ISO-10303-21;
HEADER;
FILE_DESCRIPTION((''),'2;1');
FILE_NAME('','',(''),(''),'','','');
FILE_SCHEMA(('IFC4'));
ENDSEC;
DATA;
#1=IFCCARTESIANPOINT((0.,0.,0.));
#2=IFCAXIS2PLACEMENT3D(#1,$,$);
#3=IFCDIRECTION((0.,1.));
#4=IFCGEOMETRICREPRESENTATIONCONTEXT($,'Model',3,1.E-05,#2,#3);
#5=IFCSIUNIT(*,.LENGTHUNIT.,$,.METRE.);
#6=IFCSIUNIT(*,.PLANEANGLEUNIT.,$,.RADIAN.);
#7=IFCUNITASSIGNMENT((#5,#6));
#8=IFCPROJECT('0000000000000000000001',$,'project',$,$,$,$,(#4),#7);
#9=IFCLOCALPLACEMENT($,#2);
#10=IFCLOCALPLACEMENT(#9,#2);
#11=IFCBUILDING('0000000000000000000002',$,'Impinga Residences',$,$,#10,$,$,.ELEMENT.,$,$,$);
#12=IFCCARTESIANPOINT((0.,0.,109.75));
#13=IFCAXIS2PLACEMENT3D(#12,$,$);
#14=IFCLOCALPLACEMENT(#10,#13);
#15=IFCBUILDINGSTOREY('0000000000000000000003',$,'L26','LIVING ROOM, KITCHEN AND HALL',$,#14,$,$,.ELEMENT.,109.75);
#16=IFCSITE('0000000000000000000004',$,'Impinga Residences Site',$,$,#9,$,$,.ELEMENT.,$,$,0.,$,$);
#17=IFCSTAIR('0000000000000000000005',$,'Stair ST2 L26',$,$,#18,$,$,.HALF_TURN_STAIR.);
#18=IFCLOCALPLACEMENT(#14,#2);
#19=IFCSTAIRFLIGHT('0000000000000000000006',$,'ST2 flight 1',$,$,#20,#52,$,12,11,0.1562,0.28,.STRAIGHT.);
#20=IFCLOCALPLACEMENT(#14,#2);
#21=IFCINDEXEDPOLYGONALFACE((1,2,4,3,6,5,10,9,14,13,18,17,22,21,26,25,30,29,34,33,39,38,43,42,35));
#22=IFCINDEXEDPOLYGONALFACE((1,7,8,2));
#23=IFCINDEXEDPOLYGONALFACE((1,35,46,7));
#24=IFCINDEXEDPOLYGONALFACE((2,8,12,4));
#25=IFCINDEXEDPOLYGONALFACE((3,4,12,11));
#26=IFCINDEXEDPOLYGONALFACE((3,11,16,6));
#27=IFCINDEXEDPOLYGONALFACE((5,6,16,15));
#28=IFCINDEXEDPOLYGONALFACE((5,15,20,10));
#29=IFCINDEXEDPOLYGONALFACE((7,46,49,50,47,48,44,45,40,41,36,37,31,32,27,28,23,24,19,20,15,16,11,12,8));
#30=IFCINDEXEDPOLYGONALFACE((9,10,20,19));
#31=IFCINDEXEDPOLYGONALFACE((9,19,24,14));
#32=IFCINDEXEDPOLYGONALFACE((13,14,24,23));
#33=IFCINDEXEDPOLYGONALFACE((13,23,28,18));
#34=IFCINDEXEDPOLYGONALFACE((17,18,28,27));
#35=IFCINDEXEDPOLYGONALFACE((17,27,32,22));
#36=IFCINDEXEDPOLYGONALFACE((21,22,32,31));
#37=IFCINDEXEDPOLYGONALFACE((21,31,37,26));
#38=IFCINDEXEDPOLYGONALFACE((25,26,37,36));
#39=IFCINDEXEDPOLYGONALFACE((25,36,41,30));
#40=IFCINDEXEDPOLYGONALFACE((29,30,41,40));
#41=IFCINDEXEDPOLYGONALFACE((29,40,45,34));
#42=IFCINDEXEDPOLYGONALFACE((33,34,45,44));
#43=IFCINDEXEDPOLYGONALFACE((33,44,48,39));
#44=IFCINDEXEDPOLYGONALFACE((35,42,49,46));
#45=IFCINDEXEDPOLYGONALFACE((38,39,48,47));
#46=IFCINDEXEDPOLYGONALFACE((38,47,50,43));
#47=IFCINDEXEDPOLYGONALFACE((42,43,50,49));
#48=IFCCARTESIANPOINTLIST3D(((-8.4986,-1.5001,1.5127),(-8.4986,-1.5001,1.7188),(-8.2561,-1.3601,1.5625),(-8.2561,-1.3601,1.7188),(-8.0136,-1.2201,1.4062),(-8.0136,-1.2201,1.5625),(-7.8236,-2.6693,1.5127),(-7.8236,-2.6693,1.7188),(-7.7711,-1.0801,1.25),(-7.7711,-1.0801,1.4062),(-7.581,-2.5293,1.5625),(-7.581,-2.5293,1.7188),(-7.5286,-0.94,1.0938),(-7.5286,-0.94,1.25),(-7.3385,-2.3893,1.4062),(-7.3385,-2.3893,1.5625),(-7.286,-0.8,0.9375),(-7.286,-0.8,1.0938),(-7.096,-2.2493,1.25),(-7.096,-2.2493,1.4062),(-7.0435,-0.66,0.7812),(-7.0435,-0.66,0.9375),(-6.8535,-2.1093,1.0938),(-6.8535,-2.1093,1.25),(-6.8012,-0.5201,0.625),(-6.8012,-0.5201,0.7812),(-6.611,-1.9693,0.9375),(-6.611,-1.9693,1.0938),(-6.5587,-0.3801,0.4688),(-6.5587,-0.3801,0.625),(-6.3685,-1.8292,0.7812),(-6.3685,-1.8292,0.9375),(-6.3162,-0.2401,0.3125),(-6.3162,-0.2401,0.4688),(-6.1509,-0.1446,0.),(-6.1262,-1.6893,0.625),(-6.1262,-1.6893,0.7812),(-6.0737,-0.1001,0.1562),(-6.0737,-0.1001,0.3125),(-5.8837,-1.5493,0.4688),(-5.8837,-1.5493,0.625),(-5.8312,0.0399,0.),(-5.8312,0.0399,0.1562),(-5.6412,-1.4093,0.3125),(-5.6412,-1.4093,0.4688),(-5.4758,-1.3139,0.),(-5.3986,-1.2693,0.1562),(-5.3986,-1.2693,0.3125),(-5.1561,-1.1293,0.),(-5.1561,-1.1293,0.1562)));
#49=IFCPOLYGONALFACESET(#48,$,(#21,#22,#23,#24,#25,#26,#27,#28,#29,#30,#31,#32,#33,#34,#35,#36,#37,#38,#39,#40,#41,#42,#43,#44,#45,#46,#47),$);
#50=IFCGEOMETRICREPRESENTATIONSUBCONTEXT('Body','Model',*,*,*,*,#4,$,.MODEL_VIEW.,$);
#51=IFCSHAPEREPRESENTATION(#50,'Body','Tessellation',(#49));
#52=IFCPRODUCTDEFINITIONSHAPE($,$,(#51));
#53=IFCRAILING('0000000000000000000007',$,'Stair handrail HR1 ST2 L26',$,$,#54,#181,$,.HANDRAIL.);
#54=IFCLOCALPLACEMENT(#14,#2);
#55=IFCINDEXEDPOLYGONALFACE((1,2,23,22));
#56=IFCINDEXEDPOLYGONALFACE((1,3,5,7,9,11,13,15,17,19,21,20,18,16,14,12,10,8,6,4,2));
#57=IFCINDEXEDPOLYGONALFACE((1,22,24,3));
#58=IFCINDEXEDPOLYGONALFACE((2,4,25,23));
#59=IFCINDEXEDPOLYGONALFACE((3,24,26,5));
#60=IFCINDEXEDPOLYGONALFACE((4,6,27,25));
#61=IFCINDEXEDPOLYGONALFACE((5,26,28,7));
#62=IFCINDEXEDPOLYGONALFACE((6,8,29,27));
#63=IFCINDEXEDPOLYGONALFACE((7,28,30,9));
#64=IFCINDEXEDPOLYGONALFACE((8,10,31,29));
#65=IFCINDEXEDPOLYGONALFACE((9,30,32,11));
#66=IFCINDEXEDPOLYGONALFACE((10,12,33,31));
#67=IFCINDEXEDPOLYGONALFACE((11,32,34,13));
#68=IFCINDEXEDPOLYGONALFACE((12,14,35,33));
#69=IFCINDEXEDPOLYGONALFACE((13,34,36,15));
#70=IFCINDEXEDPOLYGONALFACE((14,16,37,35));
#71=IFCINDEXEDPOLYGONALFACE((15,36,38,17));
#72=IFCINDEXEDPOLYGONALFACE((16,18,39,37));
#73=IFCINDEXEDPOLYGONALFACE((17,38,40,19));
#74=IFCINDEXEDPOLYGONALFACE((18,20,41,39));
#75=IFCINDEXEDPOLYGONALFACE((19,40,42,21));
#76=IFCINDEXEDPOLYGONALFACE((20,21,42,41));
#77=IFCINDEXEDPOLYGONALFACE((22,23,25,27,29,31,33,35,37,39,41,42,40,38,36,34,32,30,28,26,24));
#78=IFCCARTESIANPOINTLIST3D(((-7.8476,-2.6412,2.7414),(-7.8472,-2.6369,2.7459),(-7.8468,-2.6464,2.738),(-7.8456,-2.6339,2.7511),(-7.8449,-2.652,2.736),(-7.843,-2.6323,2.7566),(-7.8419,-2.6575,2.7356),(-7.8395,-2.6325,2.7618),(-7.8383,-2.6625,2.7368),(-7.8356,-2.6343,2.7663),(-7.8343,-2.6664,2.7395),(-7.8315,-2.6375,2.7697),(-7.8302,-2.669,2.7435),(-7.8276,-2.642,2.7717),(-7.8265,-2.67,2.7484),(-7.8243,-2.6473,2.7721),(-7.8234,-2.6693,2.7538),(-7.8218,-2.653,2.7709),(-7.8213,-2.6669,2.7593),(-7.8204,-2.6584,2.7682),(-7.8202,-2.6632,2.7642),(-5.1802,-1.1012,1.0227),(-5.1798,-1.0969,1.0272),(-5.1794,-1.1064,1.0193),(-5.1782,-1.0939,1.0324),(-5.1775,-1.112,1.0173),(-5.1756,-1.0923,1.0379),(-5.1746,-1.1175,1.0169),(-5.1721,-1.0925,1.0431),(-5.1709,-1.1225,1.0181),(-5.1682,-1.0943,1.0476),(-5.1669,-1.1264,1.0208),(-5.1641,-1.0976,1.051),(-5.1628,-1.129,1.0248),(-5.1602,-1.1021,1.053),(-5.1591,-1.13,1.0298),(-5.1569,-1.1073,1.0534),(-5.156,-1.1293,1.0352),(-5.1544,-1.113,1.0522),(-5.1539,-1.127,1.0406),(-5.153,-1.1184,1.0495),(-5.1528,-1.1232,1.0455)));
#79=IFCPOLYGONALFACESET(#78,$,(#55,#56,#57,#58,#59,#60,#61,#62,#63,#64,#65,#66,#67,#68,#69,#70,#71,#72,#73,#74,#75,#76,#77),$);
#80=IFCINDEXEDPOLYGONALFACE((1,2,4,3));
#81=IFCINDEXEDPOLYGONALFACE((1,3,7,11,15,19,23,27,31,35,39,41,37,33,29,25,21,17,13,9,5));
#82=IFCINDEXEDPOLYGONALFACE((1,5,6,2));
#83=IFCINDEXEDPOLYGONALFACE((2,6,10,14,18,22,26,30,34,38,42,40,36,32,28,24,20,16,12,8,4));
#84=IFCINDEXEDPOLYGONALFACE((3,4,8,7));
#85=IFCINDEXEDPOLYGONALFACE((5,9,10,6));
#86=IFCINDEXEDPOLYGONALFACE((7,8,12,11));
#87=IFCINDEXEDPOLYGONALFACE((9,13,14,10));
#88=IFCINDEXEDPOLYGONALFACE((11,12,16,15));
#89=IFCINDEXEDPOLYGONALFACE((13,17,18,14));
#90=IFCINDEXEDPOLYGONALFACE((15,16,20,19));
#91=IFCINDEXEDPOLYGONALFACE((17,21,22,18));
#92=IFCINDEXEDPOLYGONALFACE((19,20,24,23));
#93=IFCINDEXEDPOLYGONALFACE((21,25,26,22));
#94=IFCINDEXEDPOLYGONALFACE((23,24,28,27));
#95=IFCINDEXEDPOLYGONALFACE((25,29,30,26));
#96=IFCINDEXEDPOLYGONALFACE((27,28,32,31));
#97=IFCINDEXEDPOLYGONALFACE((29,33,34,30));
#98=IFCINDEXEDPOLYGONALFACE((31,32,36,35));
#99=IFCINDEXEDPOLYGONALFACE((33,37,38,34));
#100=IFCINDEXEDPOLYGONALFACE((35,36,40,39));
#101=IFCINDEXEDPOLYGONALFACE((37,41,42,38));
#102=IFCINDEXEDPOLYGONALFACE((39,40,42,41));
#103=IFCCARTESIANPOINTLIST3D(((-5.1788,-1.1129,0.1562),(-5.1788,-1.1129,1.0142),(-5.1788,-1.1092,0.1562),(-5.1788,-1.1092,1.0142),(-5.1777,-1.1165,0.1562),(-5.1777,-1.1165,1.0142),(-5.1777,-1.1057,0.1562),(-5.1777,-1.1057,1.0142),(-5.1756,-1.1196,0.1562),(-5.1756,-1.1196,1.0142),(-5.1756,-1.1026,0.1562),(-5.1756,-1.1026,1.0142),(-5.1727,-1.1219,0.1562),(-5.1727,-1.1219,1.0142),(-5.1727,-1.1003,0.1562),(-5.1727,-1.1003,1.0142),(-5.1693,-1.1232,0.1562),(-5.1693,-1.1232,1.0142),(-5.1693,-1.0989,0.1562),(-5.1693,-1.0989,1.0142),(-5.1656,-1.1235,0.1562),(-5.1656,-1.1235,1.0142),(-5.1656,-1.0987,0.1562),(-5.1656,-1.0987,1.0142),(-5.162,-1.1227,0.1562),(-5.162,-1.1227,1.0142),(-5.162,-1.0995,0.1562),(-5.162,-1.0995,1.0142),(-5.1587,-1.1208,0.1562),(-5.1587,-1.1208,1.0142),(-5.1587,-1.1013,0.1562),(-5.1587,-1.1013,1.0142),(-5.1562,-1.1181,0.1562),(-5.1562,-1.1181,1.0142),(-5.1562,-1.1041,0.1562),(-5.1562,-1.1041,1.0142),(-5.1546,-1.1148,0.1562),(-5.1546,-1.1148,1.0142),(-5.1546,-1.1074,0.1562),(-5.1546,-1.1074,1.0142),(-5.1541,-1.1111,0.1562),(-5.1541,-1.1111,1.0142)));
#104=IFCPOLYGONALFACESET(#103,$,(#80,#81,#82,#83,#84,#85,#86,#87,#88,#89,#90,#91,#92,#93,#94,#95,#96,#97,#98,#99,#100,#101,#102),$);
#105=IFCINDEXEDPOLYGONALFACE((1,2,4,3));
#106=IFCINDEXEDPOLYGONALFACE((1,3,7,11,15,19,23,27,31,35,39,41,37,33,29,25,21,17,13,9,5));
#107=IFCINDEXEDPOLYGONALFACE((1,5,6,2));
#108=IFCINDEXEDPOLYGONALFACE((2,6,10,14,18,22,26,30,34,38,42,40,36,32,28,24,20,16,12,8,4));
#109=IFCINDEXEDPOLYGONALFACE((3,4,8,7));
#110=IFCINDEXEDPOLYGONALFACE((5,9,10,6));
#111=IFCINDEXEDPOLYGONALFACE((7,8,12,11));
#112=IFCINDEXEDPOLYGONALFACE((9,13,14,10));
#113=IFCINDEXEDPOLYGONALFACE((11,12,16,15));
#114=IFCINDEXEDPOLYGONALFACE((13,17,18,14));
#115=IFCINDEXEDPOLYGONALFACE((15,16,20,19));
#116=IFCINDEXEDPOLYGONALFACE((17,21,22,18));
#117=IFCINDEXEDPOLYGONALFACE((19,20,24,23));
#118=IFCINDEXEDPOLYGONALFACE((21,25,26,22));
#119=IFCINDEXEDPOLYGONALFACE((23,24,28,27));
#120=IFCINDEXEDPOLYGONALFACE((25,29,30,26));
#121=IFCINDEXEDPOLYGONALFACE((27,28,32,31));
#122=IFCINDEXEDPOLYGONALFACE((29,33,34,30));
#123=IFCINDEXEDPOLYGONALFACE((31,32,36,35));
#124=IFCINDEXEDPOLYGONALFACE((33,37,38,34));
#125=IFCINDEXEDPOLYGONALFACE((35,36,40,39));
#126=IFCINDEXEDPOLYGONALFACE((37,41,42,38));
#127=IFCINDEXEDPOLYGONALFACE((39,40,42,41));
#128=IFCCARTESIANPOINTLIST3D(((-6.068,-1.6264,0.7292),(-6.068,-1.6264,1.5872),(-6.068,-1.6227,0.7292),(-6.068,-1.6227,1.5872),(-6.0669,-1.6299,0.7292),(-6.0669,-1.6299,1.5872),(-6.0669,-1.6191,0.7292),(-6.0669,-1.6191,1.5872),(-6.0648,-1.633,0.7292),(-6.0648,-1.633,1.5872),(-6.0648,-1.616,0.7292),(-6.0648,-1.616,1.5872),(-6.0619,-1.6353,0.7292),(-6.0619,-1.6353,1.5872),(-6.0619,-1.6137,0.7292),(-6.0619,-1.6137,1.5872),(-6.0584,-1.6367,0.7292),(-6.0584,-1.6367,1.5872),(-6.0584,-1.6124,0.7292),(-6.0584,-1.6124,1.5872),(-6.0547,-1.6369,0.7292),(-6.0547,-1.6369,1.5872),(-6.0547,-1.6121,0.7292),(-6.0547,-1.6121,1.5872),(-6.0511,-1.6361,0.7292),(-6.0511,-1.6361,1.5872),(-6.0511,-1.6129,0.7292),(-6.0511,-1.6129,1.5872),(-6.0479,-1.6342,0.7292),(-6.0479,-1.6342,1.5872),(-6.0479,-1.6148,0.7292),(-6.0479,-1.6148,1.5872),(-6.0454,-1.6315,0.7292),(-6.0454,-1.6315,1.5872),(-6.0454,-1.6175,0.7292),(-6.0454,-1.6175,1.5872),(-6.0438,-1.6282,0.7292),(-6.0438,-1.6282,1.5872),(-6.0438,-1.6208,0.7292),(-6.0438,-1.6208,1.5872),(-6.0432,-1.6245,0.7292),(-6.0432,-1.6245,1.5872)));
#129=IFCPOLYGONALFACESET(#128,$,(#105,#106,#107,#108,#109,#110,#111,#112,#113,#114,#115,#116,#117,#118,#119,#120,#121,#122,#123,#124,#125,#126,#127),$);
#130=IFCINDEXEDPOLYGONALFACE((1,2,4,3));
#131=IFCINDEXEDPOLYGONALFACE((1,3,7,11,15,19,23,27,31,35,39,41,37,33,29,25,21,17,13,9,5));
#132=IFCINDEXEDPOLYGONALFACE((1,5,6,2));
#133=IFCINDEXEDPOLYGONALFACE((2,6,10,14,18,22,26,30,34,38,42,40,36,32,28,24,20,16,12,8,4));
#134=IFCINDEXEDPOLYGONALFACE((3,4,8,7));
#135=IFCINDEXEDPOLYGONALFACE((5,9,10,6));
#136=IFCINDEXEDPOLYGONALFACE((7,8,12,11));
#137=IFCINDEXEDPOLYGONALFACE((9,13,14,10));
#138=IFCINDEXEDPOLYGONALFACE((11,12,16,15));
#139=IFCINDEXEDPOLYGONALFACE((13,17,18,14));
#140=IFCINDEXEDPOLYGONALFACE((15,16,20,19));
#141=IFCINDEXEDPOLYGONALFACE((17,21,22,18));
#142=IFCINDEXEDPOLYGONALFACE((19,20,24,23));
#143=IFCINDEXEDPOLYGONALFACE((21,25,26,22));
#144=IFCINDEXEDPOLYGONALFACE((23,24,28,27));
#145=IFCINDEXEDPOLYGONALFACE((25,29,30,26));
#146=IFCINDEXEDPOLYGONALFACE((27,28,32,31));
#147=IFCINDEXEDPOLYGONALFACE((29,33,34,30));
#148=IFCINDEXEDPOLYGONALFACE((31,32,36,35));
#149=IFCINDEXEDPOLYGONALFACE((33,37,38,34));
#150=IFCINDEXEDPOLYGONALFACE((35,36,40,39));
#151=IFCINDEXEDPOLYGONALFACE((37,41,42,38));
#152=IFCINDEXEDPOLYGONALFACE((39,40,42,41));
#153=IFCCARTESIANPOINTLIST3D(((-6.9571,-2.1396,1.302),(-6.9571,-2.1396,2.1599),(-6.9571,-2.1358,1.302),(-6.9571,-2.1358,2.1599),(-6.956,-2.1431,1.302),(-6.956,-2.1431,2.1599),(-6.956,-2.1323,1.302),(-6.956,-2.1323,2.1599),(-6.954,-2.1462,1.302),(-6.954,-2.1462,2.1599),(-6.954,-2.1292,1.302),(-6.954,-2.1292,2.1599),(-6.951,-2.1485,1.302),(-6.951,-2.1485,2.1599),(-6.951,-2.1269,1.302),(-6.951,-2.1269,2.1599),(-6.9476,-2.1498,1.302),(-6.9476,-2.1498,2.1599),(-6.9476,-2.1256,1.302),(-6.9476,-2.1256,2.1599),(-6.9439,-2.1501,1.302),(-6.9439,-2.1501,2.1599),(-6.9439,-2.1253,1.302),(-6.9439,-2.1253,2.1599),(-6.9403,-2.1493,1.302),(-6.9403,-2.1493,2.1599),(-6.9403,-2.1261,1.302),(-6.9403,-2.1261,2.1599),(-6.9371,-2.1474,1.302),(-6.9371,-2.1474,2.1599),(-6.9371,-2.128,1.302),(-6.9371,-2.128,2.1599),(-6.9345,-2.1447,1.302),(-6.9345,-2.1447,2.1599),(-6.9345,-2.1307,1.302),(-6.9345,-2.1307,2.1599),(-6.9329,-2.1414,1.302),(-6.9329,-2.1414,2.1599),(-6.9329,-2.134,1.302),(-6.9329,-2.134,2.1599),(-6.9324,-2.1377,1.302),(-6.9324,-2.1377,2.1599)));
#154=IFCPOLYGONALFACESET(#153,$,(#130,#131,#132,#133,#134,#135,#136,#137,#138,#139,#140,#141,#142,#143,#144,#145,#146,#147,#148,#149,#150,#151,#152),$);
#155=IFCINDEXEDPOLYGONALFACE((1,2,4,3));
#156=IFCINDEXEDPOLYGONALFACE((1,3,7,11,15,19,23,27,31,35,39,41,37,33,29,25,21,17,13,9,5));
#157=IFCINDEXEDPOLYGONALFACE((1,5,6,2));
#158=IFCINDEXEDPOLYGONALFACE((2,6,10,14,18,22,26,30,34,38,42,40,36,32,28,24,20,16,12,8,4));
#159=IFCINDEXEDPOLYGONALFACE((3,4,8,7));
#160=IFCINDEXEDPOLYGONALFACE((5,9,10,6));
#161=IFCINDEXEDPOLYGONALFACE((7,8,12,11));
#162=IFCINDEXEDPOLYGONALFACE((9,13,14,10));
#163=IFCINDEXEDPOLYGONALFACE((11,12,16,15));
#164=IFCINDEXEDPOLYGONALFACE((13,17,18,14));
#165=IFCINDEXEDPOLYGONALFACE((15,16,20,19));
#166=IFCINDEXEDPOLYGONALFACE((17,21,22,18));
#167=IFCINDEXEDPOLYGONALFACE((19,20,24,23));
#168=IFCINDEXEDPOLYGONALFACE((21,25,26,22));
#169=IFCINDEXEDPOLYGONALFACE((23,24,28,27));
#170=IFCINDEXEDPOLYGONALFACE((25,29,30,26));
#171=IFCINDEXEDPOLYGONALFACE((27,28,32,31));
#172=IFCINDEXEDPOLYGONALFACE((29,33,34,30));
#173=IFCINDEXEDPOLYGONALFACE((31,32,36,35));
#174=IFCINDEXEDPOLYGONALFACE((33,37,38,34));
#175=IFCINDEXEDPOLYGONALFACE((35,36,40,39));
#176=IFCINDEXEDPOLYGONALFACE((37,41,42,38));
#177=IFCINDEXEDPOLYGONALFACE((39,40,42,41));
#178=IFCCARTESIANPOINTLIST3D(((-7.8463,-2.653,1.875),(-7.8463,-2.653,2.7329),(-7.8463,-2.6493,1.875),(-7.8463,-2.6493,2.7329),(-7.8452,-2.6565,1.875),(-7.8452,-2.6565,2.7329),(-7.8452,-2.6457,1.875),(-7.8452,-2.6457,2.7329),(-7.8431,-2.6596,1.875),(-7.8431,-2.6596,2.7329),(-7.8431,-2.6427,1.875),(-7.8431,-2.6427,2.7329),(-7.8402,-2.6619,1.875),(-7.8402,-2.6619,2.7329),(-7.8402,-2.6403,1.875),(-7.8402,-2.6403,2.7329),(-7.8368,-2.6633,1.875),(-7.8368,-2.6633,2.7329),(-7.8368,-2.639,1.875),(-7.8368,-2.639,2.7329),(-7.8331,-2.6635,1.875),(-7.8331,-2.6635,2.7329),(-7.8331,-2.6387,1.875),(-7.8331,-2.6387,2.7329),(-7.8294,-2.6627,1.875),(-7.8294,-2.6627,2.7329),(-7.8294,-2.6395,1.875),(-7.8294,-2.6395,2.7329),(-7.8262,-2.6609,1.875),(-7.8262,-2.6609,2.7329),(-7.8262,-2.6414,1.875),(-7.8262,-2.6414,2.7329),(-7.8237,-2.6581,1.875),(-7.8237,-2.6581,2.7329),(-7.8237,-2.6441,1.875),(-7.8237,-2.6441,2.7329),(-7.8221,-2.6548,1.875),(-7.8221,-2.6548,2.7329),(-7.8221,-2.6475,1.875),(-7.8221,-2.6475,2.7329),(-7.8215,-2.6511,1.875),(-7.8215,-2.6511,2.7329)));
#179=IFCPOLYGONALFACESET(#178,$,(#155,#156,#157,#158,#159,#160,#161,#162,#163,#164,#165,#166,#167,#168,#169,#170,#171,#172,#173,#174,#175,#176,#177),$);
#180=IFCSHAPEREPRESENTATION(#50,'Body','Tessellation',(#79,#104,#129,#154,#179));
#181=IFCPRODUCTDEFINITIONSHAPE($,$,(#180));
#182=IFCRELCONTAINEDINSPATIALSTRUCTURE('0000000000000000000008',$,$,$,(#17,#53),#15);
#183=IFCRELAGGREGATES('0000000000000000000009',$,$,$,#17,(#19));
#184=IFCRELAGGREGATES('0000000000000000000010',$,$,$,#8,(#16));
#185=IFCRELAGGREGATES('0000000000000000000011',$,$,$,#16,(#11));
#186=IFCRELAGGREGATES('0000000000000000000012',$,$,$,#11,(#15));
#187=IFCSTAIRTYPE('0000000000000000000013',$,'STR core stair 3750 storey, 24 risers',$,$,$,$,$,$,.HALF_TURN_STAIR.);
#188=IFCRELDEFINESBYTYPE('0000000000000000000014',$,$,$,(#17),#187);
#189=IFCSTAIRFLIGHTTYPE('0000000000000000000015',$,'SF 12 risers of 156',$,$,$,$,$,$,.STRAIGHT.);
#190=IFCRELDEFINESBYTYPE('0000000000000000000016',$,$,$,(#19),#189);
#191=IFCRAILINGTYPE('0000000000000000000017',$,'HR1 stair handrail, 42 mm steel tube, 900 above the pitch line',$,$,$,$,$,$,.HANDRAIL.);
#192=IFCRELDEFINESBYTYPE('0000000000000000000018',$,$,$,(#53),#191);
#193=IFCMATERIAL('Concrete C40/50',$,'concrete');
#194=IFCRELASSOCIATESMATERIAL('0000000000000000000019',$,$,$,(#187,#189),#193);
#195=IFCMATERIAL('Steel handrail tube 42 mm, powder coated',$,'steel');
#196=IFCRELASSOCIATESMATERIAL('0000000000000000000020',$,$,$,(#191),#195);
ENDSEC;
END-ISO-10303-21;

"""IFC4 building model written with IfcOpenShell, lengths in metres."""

from ifc_helpers import new_model, si_unit, direction, frame, origin, origin_2d, place, context, subcontext, project, spatial, polyline, circle, outline, extrude, material, type_object, element, aggregate, save


model = new_model("IFC4")

# Units and contexts
model_context = context("Model", 3, precision=1e-05, world=origin(), true_north=direction((0.0, 1.0)))
body_context = subcontext(model_context, "Body", "Model", "MODEL_VIEW")
ifc_project = project(units=[si_unit("LENGTHUNIT", "METRE"), si_unit("PLANEANGLEUNIT", "RADIAN")], contexts=[model_context])

# Site, building, storey
site_placement = place(None, origin())
site = spatial("IfcSite", under=ifc_project, at=site_placement, Name="Impinga Residences Site", CompositionType="ELEMENT", RefElevation=0.0)
building_placement = place(site_placement, origin())
building = spatial("IfcBuilding", under=site, at=building_placement, Name="Impinga Residences", CompositionType="ELEMENT")
storey_placement = place(building_placement, frame((0.0, 0.0, 109.75)))
storey = spatial("IfcBuildingStorey", under=building, at=storey_placement, Name="L26", Description="LIVING ROOM, KITCHEN AND HALL", CompositionType="ELEMENT", Elevation=109.75)

# Shared definitions
ifc_material_1 = material(Name="Concrete C40/50", Category="concrete")
stair_type = type_object("IfcStairType", Name="STR core stair 3750 storey, 24 risers", PredefinedType="HALF_TURN_STAIR", material=ifc_material_1)

# Stair, stair flight
stair_1_placement = place(storey_placement, origin())
stair_1 = element("IfcStair", 1, at=stair_1_placement, inside=storey, type_object=stair_type, Name="Stair ST2 L26", PredefinedType="HALF_TURN_STAIR")
stair_flight_type = type_object("IfcStairFlightType", Name="SF 12 risers of 156", PredefinedType="STRAIGHT", material=ifc_material_1)
stair_flight_placement = place(storey_placement, frame((-5.4937, -0.5447, 0.0), z_axis=(0.0, 0.0, 1.0), x_axis=(-0.866025, -0.5, 0.0)))
stair_flight = element("IfcStairFlight", 2, at=stair_flight_placement, type_object=stair_flight_type, Name="ST2 flight 1", NumberOfRisers=12, NumberOfTreads=11, PredefinedType="STRAIGHT", RiserHeight=0.1562, TreadLength=0.28, context=body_context, shape_type="SweptSolid", body=[
    extrude(outline(polyline([(0.0, 0.0), (0.0, 0.1562), (0.28, 0.1562), (0.28, 0.3125), (0.5601, 0.3125), (0.5601, 0.4688), (0.8401, 0.4688), (0.8401, 0.625), (1.1201, 0.625), (1.1201, 0.7812), (1.3999, 0.7812), (1.3999, 0.9375), (1.6799, 0.9375), (1.6799, 1.0938), (1.96, 1.0938), (1.96, 1.25), (2.24, 1.25), (2.24, 1.4062), (2.52, 1.4062), (2.52, 1.5625), (2.8, 1.5625), (2.8, 1.7188), (3.0801, 1.7188), (3.0801, 1.875), (3.0801, 1.5127), (0.3691, 0.0), (0.0, 0.0)])), frame((0.0, 0.675, 0.0), z_axis=(0.0, -1.0, 0.0), x_axis=(1.0, 0.0, 0.0)), (0.0, 0.0, 1.0), 1.3501),
])
aggregate(stair_1, [stair_flight])

# Railing
ifc_material_2 = material(Name="Steel handrail tube 42 mm, powder coated", Category="steel")
railing_type = type_object("IfcRailingType", Name="HR1 stair handrail, 42 mm steel tube, 900 above the pitch line", PredefinedType="HANDRAIL", material=ifc_material_2)
railing_placement = place(storey_placement, frame((-5.1665, -1.1111, 0.1562)))
element("IfcRailing", 3, at=railing_placement, inside=storey, type_object=railing_type, Name="Stair handrail HR1 ST2 L26", PredefinedType="HANDRAIL", context=body_context, shape_type="SweptSolid", body=[
    extrude(circle(Radius=0.021, at=origin_2d()), frame((0.0, 0.0, 0.8789), z_axis=(-0.756256, -0.436616, 0.487282), x_axis=(0.499992, -0.86603, 0.0)), (0.0, 0.0, 1.0), 3.5271),
    extrude(circle(Radius=0.0125, at=origin_2d()), origin(), (0.0, 0.0, 1.0), 0.8579),
    extrude(circle(Radius=0.0125, at=origin_2d()), frame((-0.8892, -0.5134, 0.573)), (0.0, 0.0, 1.0), 0.8579),
    extrude(circle(Radius=0.0125, at=origin_2d()), frame((-1.7783, -1.0266, 1.1458)), (0.0, 0.0, 1.0), 0.8579),
    extrude(circle(Radius=0.0125, at=origin_2d()), frame((-2.6675, -1.54, 1.7188)), (0.0, 0.0, 1.0), 0.8579),
])

save(model, "model.ifc")
